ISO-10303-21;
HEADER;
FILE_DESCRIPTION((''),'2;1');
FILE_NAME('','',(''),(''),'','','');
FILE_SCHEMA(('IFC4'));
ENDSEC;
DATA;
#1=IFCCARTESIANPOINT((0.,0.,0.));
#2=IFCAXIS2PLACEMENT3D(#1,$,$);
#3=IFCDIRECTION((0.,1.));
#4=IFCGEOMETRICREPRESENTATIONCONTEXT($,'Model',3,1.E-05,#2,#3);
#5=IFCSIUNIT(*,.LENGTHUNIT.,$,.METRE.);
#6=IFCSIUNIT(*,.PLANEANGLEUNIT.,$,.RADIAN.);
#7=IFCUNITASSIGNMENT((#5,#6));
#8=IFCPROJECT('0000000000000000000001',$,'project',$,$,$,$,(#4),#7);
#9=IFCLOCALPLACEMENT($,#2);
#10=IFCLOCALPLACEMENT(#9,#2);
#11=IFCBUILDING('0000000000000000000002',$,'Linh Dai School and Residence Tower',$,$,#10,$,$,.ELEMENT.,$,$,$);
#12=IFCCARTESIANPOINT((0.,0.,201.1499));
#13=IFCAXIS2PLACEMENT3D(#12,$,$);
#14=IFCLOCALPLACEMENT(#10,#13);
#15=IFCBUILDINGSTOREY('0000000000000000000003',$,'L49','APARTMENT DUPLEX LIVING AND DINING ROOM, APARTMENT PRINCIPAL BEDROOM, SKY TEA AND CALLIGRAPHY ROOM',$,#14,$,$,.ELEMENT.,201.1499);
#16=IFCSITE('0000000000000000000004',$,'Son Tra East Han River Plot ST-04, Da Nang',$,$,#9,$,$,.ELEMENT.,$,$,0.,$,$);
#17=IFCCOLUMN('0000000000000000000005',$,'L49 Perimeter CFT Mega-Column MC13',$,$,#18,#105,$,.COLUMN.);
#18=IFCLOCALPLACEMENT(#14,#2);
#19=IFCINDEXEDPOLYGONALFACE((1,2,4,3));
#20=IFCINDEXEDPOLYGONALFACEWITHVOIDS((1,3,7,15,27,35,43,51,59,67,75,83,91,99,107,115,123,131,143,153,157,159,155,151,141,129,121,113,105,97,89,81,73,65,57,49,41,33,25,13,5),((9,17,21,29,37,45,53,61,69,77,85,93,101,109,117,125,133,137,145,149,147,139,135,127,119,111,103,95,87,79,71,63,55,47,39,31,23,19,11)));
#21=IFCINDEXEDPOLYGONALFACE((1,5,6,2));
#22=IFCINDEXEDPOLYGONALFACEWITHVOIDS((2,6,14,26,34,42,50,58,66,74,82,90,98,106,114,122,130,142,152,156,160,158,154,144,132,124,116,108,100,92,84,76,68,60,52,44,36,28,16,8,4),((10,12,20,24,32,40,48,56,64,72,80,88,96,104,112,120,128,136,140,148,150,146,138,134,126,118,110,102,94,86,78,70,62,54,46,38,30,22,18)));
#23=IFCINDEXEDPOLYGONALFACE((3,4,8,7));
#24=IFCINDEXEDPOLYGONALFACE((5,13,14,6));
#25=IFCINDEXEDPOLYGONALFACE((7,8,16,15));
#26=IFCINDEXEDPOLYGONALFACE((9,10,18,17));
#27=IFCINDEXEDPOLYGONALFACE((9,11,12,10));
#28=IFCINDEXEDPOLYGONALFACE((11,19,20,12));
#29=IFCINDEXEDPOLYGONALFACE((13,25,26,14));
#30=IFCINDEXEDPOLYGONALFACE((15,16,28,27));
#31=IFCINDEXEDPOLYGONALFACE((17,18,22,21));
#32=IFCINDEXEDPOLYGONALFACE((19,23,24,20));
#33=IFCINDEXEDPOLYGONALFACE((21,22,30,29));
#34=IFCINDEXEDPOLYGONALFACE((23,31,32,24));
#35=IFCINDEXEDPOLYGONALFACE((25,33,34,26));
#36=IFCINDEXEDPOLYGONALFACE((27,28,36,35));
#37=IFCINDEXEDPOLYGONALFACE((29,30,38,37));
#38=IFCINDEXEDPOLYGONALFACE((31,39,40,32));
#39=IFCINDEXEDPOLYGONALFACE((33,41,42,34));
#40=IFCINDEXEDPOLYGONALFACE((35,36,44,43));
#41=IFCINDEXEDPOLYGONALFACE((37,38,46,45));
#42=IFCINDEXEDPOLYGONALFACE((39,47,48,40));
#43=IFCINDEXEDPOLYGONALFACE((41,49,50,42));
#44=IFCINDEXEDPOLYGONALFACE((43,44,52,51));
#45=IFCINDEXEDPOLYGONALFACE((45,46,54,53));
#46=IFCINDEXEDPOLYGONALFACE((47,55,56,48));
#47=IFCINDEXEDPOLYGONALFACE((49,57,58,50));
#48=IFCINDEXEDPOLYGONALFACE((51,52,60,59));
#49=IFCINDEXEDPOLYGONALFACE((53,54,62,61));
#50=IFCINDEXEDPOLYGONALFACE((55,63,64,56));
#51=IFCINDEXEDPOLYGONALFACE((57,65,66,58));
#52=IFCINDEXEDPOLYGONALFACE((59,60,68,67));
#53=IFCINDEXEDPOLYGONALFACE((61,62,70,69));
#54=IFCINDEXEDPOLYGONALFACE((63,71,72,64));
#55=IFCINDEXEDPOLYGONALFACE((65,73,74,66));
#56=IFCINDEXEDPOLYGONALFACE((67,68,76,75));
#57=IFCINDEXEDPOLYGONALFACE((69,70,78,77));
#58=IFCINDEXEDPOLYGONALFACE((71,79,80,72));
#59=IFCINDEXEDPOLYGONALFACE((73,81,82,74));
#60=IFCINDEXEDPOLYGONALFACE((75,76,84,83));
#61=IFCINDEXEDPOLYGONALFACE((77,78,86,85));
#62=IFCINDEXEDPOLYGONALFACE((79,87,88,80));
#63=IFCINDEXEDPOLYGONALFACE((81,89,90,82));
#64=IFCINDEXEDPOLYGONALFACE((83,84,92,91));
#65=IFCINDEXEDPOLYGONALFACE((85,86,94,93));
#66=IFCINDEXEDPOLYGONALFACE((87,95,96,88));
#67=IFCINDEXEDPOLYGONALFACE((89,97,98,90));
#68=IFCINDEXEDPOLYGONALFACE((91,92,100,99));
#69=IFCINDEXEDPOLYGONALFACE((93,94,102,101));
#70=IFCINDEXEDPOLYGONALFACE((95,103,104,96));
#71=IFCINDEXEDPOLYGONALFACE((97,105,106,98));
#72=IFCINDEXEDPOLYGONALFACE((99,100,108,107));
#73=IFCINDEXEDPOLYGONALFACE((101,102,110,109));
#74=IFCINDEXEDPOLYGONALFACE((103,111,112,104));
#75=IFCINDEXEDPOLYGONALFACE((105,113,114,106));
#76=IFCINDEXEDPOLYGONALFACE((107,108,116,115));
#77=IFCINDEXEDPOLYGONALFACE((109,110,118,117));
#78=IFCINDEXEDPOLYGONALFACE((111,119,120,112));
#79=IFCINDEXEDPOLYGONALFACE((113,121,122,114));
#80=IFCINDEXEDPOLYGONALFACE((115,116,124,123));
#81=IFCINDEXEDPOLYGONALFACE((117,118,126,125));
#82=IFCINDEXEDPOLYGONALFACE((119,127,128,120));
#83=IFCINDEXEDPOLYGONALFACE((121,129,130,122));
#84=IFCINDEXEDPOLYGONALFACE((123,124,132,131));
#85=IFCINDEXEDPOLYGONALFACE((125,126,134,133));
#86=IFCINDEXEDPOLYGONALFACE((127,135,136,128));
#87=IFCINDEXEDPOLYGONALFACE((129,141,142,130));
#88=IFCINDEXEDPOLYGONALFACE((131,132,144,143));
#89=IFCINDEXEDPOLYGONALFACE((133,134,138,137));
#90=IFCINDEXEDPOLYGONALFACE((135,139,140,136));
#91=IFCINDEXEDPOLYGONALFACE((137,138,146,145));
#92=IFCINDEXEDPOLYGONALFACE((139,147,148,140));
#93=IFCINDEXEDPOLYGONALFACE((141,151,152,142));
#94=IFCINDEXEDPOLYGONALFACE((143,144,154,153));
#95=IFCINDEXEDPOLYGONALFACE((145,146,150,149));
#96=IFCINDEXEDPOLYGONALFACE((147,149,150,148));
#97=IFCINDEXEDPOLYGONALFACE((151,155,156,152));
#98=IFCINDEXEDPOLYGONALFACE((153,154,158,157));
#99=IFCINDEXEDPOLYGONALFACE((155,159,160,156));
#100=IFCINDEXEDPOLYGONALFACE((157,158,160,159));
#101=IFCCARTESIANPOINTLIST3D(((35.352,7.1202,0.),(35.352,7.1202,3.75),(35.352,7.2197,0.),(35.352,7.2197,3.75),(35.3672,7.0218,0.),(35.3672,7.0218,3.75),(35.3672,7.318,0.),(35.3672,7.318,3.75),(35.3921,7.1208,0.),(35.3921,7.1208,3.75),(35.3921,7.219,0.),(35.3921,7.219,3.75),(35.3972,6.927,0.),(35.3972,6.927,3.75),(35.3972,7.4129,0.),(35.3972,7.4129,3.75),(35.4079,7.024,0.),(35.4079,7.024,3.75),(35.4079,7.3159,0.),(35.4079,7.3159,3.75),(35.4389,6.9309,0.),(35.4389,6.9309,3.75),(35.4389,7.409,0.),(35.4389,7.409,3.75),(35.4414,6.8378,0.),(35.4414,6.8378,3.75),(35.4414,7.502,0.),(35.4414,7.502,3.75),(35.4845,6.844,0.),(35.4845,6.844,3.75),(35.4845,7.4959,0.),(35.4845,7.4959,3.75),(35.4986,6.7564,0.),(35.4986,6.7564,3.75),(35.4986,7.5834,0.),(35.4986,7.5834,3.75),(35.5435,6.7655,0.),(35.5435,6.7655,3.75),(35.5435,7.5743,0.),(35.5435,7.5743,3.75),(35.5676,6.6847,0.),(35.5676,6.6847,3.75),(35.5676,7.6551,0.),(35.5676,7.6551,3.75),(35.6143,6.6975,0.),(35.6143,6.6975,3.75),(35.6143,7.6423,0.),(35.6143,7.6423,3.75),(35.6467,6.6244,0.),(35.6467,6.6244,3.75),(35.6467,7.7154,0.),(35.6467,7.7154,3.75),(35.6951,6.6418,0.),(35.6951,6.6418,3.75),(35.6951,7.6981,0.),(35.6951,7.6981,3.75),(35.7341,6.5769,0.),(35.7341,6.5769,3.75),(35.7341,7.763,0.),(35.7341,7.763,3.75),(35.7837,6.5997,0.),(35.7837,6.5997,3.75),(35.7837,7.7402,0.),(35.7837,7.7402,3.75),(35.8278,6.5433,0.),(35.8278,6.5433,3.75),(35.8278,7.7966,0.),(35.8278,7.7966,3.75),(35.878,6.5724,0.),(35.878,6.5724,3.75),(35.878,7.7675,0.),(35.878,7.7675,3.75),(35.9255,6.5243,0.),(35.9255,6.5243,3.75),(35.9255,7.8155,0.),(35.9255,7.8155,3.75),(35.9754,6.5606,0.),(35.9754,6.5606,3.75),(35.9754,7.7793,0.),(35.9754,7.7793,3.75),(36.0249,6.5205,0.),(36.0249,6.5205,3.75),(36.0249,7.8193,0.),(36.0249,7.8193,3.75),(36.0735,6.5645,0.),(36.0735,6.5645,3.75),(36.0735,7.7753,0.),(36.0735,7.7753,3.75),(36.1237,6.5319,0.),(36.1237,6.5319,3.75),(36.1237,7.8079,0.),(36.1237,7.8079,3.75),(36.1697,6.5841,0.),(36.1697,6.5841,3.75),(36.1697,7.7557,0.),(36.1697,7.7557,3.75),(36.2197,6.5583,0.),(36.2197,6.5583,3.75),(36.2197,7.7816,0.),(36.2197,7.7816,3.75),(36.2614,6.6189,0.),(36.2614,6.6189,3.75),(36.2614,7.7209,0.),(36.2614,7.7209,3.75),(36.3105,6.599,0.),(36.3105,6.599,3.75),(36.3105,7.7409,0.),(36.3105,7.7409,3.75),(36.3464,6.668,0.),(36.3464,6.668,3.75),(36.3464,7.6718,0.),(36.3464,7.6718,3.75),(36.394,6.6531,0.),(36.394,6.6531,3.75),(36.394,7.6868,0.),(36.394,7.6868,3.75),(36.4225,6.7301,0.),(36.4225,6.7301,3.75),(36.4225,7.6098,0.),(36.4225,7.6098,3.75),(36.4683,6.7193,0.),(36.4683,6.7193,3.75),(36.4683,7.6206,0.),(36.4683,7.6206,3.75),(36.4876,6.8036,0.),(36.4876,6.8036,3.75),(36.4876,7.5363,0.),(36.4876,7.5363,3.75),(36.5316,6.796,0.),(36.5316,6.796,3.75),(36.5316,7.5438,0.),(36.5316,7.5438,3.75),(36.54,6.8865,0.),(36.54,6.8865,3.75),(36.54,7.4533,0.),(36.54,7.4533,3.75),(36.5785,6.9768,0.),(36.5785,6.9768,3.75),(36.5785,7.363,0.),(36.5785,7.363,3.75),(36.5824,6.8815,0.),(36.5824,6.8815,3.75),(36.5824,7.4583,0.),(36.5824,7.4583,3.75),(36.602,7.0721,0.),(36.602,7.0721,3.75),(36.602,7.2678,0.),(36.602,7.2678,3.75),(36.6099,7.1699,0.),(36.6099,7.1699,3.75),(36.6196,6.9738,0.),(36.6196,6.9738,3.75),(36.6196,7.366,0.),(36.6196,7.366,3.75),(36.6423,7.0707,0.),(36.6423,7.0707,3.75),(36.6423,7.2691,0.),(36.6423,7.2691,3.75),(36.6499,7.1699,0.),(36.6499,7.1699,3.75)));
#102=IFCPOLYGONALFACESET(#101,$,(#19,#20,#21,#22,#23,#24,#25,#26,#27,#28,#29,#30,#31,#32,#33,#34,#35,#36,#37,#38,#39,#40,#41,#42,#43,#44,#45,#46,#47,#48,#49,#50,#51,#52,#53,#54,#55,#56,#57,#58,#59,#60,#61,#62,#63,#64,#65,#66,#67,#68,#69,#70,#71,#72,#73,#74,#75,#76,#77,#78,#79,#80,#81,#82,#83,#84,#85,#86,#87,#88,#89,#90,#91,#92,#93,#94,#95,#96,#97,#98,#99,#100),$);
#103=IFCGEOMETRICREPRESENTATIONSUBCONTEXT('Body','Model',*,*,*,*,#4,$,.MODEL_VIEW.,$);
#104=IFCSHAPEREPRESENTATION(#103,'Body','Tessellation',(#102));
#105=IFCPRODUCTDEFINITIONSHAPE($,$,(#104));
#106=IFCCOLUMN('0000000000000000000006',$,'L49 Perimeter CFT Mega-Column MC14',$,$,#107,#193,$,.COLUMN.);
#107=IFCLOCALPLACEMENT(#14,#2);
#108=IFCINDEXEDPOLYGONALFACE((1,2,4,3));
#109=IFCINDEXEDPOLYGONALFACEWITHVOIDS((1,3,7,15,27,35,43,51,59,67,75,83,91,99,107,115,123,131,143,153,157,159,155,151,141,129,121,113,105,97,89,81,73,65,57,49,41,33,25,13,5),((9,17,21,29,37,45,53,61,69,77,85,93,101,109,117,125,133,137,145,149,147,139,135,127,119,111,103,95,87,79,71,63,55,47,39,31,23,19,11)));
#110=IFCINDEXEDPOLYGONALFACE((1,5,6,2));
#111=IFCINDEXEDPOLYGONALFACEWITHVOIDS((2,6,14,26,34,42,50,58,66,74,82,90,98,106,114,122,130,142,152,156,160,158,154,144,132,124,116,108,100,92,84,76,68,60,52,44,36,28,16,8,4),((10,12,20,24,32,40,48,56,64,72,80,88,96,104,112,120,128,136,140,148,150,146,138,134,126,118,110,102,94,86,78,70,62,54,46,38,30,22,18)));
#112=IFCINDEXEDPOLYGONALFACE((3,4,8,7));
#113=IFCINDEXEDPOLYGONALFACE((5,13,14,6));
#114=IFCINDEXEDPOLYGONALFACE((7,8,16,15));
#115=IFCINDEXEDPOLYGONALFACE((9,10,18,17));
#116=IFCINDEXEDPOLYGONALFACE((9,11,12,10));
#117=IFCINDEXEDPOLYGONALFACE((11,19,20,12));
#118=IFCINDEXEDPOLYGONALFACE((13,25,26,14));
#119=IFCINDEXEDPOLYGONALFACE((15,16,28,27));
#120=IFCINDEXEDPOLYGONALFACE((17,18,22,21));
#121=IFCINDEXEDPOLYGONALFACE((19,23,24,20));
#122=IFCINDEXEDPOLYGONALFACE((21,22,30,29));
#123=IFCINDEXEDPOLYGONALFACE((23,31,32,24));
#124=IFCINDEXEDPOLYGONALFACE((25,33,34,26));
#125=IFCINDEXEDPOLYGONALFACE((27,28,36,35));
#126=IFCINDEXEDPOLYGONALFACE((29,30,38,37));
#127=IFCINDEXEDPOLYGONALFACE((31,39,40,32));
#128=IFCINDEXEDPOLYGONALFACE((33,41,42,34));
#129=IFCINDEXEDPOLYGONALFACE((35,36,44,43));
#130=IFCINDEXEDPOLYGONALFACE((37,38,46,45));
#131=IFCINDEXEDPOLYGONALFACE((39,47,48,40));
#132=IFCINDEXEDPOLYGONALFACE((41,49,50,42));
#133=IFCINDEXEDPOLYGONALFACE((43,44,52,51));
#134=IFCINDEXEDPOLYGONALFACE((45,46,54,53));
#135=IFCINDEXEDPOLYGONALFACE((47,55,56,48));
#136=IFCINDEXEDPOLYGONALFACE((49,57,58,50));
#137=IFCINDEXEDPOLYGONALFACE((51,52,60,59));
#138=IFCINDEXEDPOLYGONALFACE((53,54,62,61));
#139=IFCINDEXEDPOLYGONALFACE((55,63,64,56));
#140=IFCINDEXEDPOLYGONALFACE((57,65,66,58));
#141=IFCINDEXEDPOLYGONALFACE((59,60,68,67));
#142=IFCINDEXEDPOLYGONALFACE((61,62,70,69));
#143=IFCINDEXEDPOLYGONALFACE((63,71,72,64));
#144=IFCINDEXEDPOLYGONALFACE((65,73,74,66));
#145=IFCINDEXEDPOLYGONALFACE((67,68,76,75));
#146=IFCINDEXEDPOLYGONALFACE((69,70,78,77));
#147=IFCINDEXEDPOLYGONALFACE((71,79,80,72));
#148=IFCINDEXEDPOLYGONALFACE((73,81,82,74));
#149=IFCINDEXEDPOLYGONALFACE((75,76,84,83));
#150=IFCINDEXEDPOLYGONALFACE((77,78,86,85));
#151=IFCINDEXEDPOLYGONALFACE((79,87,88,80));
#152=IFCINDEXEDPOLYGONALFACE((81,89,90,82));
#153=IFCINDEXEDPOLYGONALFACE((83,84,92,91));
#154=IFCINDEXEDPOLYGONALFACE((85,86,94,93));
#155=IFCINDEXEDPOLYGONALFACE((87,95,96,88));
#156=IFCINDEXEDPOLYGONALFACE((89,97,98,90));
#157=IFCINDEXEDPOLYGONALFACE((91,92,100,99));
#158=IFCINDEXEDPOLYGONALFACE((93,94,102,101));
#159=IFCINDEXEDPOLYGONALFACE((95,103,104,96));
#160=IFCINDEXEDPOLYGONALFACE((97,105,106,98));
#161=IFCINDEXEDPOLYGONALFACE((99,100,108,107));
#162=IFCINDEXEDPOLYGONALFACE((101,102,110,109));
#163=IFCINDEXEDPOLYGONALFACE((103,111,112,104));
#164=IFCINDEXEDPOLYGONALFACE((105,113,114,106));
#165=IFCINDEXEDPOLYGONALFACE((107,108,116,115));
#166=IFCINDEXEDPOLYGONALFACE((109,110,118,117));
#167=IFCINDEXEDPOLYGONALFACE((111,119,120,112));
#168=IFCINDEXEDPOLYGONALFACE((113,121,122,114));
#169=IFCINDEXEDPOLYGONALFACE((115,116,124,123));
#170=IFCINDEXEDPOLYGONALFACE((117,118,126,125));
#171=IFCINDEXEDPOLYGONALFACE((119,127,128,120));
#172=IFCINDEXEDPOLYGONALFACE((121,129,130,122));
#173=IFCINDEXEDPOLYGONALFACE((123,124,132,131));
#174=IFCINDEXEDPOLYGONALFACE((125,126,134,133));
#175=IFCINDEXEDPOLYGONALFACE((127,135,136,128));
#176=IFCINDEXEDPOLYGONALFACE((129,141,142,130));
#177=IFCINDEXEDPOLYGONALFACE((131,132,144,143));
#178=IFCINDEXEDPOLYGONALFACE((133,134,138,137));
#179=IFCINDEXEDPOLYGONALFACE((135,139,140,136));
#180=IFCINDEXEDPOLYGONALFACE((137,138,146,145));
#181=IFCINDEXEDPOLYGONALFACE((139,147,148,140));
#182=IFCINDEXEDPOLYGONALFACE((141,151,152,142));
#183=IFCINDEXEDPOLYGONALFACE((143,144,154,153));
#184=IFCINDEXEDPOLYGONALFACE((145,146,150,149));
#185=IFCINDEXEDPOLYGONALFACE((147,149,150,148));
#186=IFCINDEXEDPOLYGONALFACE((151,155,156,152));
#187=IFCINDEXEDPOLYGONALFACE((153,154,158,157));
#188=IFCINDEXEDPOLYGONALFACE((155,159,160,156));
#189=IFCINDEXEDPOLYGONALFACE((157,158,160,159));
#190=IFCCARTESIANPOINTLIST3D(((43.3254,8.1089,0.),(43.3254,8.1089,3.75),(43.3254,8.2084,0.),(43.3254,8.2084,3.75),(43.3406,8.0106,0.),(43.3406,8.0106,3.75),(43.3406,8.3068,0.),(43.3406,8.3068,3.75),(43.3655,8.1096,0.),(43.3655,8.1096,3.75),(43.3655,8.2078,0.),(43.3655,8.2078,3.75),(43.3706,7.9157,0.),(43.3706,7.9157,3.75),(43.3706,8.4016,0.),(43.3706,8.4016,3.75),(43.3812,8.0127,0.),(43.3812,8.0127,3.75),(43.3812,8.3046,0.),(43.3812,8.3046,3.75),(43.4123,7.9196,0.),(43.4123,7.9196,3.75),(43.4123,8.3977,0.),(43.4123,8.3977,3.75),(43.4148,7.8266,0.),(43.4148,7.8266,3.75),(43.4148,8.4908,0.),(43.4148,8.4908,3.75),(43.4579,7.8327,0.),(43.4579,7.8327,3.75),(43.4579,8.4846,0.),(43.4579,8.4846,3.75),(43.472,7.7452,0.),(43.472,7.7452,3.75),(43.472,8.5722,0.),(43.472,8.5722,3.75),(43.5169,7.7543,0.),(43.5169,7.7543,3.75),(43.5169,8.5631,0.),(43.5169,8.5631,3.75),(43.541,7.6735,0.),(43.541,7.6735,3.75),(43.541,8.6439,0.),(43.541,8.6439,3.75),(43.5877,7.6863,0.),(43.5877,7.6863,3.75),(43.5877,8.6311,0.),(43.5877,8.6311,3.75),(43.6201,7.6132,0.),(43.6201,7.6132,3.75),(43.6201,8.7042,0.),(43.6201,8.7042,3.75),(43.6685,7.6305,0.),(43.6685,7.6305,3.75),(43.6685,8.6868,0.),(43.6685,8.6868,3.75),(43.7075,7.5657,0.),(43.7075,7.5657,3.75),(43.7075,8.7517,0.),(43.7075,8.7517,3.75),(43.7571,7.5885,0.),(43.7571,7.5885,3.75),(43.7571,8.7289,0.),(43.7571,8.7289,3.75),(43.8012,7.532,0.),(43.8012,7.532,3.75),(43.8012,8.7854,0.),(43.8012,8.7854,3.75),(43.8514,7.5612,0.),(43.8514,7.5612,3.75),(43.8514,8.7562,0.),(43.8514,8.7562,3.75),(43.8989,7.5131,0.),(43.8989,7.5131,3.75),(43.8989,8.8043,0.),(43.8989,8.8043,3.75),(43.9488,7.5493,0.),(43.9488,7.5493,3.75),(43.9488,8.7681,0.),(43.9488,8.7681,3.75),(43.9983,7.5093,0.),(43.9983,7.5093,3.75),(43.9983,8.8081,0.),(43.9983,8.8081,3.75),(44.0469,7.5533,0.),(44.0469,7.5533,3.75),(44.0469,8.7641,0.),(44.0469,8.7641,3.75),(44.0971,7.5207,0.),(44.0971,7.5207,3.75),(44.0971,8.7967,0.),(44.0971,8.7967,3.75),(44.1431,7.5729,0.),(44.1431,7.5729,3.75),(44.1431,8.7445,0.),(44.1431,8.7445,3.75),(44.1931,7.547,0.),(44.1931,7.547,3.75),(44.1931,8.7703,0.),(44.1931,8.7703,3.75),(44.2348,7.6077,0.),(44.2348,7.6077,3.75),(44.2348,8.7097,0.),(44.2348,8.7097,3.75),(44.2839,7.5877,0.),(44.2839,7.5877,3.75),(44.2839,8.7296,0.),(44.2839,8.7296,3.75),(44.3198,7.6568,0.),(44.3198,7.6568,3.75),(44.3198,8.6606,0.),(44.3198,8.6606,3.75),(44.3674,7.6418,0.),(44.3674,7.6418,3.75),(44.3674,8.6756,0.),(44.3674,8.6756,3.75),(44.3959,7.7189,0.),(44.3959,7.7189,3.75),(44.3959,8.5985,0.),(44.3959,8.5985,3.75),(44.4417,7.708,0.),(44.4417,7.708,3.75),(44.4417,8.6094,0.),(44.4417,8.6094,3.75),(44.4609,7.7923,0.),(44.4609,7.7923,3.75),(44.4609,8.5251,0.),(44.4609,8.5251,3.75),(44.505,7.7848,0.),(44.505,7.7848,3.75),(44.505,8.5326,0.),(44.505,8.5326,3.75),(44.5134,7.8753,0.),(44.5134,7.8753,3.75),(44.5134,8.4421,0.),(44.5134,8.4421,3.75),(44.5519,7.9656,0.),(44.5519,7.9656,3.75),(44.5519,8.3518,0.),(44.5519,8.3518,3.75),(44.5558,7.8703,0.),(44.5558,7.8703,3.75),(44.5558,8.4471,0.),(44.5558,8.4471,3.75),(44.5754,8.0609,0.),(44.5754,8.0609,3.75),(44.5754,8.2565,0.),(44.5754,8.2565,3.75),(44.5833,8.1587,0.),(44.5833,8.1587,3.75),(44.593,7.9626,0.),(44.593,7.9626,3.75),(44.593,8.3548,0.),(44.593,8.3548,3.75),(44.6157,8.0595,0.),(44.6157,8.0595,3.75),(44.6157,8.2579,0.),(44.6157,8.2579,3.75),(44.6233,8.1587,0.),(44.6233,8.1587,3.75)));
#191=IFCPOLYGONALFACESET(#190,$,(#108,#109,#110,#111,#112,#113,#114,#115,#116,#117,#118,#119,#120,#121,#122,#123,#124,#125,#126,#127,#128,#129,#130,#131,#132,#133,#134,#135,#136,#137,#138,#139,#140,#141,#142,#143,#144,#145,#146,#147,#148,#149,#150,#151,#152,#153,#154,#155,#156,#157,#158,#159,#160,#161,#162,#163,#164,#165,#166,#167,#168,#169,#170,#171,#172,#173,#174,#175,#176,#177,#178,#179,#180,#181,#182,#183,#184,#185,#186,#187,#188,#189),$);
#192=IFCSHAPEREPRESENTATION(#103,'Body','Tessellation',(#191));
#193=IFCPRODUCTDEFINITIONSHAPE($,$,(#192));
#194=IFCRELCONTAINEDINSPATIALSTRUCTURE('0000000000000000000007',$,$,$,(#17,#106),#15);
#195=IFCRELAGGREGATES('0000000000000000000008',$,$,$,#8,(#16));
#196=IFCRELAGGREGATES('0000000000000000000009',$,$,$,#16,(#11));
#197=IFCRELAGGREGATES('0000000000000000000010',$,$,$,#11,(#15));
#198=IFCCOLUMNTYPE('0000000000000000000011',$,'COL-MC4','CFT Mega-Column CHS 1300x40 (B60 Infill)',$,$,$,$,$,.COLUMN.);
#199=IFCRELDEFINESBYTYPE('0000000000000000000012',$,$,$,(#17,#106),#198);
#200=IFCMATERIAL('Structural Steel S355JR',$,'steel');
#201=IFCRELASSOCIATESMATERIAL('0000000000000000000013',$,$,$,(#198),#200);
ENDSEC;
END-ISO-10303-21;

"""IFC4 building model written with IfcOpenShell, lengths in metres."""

from ifc_helpers import new_model, si_unit, direction, frame, origin, origin_2d, place, context, subcontext, project, spatial, hollow_circle, extrude, material, material_profile, profile_set, type_object, element, save


model = new_model("IFC4")

# Units and contexts
model_context = context("Model", 3, precision=1e-05, world=origin(), true_north=direction((0.0, 1.0)))
body_context = subcontext(model_context, "Body", "Model", "MODEL_VIEW")
ifc_project = project(units=[si_unit("LENGTHUNIT", "METRE"), si_unit("PLANEANGLEUNIT", "RADIAN")], contexts=[model_context])

# Site, building, storey
site_placement = place(None, origin())
site = spatial("IfcSite", under=ifc_project, at=site_placement, Name="Son Tra East Han River Plot ST-04, Da Nang", CompositionType="ELEMENT", RefElevation=0.0)
building_placement = place(site_placement, origin())
building = spatial("IfcBuilding", under=site, at=building_placement, Name="Linh Dai School and Residence Tower", CompositionType="ELEMENT")
storey_placement = place(building_placement, frame((0.0, 0.0, 201.1499)))
storey = spatial("IfcBuildingStorey", under=building, at=storey_placement, Name="L49", Description="APARTMENT DUPLEX LIVING AND DINING ROOM, APARTMENT PRINCIPAL BEDROOM, SKY TEA AND CALLIGRAPHY ROOM", CompositionType="ELEMENT", Elevation=201.1499)

# Columns
ifc_material_1 = material(Name="Structural Steel S355JR", Category="steel")
ifc_material_profile_1 = material_profile(ifc_material_1, hollow_circle(Radius=0.6499, WallThickness=0.04, at=origin_2d()), Name="CHS 1300x40")
ifc_profile_set_1 = profile_set([ifc_material_profile_1], Name="Structural Steel S355JR")
column_type = type_object("IfcColumnType", Name="COL-MC4", Description="CFT Mega-Column CHS 1300x40 (B60 Infill)", PredefinedType="COLUMN", material=ifc_profile_set_1)
for number, where, z_axis, x_axis, name in (
    (1, (36.0, 7.1699, 0.0), (0.0, 0.0, 1.0), (1.0, 0.0, 0.0), "L49 Perimeter CFT Mega-Column MC13"),
    (2, (43.9734, 8.1587, 0.0), (0.0, 0.0, 1.0), (1.0, 0.0, 0.0), "L49 Perimeter CFT Mega-Column MC14"),
):
    element("IfcColumn", number, at=place(storey_placement, frame(where, z_axis=z_axis, x_axis=x_axis)), inside=storey, type_object=column_type, Name=name, PredefinedType="COLUMN", context=body_context, shape_type="SweptSolid", body=[
        extrude(hollow_circle(Radius=0.6499, WallThickness=0.04, at=origin_2d()), origin(), (0.0, 0.0, 1.0), 3.75),
    ])

save(model, "model.ifc")
